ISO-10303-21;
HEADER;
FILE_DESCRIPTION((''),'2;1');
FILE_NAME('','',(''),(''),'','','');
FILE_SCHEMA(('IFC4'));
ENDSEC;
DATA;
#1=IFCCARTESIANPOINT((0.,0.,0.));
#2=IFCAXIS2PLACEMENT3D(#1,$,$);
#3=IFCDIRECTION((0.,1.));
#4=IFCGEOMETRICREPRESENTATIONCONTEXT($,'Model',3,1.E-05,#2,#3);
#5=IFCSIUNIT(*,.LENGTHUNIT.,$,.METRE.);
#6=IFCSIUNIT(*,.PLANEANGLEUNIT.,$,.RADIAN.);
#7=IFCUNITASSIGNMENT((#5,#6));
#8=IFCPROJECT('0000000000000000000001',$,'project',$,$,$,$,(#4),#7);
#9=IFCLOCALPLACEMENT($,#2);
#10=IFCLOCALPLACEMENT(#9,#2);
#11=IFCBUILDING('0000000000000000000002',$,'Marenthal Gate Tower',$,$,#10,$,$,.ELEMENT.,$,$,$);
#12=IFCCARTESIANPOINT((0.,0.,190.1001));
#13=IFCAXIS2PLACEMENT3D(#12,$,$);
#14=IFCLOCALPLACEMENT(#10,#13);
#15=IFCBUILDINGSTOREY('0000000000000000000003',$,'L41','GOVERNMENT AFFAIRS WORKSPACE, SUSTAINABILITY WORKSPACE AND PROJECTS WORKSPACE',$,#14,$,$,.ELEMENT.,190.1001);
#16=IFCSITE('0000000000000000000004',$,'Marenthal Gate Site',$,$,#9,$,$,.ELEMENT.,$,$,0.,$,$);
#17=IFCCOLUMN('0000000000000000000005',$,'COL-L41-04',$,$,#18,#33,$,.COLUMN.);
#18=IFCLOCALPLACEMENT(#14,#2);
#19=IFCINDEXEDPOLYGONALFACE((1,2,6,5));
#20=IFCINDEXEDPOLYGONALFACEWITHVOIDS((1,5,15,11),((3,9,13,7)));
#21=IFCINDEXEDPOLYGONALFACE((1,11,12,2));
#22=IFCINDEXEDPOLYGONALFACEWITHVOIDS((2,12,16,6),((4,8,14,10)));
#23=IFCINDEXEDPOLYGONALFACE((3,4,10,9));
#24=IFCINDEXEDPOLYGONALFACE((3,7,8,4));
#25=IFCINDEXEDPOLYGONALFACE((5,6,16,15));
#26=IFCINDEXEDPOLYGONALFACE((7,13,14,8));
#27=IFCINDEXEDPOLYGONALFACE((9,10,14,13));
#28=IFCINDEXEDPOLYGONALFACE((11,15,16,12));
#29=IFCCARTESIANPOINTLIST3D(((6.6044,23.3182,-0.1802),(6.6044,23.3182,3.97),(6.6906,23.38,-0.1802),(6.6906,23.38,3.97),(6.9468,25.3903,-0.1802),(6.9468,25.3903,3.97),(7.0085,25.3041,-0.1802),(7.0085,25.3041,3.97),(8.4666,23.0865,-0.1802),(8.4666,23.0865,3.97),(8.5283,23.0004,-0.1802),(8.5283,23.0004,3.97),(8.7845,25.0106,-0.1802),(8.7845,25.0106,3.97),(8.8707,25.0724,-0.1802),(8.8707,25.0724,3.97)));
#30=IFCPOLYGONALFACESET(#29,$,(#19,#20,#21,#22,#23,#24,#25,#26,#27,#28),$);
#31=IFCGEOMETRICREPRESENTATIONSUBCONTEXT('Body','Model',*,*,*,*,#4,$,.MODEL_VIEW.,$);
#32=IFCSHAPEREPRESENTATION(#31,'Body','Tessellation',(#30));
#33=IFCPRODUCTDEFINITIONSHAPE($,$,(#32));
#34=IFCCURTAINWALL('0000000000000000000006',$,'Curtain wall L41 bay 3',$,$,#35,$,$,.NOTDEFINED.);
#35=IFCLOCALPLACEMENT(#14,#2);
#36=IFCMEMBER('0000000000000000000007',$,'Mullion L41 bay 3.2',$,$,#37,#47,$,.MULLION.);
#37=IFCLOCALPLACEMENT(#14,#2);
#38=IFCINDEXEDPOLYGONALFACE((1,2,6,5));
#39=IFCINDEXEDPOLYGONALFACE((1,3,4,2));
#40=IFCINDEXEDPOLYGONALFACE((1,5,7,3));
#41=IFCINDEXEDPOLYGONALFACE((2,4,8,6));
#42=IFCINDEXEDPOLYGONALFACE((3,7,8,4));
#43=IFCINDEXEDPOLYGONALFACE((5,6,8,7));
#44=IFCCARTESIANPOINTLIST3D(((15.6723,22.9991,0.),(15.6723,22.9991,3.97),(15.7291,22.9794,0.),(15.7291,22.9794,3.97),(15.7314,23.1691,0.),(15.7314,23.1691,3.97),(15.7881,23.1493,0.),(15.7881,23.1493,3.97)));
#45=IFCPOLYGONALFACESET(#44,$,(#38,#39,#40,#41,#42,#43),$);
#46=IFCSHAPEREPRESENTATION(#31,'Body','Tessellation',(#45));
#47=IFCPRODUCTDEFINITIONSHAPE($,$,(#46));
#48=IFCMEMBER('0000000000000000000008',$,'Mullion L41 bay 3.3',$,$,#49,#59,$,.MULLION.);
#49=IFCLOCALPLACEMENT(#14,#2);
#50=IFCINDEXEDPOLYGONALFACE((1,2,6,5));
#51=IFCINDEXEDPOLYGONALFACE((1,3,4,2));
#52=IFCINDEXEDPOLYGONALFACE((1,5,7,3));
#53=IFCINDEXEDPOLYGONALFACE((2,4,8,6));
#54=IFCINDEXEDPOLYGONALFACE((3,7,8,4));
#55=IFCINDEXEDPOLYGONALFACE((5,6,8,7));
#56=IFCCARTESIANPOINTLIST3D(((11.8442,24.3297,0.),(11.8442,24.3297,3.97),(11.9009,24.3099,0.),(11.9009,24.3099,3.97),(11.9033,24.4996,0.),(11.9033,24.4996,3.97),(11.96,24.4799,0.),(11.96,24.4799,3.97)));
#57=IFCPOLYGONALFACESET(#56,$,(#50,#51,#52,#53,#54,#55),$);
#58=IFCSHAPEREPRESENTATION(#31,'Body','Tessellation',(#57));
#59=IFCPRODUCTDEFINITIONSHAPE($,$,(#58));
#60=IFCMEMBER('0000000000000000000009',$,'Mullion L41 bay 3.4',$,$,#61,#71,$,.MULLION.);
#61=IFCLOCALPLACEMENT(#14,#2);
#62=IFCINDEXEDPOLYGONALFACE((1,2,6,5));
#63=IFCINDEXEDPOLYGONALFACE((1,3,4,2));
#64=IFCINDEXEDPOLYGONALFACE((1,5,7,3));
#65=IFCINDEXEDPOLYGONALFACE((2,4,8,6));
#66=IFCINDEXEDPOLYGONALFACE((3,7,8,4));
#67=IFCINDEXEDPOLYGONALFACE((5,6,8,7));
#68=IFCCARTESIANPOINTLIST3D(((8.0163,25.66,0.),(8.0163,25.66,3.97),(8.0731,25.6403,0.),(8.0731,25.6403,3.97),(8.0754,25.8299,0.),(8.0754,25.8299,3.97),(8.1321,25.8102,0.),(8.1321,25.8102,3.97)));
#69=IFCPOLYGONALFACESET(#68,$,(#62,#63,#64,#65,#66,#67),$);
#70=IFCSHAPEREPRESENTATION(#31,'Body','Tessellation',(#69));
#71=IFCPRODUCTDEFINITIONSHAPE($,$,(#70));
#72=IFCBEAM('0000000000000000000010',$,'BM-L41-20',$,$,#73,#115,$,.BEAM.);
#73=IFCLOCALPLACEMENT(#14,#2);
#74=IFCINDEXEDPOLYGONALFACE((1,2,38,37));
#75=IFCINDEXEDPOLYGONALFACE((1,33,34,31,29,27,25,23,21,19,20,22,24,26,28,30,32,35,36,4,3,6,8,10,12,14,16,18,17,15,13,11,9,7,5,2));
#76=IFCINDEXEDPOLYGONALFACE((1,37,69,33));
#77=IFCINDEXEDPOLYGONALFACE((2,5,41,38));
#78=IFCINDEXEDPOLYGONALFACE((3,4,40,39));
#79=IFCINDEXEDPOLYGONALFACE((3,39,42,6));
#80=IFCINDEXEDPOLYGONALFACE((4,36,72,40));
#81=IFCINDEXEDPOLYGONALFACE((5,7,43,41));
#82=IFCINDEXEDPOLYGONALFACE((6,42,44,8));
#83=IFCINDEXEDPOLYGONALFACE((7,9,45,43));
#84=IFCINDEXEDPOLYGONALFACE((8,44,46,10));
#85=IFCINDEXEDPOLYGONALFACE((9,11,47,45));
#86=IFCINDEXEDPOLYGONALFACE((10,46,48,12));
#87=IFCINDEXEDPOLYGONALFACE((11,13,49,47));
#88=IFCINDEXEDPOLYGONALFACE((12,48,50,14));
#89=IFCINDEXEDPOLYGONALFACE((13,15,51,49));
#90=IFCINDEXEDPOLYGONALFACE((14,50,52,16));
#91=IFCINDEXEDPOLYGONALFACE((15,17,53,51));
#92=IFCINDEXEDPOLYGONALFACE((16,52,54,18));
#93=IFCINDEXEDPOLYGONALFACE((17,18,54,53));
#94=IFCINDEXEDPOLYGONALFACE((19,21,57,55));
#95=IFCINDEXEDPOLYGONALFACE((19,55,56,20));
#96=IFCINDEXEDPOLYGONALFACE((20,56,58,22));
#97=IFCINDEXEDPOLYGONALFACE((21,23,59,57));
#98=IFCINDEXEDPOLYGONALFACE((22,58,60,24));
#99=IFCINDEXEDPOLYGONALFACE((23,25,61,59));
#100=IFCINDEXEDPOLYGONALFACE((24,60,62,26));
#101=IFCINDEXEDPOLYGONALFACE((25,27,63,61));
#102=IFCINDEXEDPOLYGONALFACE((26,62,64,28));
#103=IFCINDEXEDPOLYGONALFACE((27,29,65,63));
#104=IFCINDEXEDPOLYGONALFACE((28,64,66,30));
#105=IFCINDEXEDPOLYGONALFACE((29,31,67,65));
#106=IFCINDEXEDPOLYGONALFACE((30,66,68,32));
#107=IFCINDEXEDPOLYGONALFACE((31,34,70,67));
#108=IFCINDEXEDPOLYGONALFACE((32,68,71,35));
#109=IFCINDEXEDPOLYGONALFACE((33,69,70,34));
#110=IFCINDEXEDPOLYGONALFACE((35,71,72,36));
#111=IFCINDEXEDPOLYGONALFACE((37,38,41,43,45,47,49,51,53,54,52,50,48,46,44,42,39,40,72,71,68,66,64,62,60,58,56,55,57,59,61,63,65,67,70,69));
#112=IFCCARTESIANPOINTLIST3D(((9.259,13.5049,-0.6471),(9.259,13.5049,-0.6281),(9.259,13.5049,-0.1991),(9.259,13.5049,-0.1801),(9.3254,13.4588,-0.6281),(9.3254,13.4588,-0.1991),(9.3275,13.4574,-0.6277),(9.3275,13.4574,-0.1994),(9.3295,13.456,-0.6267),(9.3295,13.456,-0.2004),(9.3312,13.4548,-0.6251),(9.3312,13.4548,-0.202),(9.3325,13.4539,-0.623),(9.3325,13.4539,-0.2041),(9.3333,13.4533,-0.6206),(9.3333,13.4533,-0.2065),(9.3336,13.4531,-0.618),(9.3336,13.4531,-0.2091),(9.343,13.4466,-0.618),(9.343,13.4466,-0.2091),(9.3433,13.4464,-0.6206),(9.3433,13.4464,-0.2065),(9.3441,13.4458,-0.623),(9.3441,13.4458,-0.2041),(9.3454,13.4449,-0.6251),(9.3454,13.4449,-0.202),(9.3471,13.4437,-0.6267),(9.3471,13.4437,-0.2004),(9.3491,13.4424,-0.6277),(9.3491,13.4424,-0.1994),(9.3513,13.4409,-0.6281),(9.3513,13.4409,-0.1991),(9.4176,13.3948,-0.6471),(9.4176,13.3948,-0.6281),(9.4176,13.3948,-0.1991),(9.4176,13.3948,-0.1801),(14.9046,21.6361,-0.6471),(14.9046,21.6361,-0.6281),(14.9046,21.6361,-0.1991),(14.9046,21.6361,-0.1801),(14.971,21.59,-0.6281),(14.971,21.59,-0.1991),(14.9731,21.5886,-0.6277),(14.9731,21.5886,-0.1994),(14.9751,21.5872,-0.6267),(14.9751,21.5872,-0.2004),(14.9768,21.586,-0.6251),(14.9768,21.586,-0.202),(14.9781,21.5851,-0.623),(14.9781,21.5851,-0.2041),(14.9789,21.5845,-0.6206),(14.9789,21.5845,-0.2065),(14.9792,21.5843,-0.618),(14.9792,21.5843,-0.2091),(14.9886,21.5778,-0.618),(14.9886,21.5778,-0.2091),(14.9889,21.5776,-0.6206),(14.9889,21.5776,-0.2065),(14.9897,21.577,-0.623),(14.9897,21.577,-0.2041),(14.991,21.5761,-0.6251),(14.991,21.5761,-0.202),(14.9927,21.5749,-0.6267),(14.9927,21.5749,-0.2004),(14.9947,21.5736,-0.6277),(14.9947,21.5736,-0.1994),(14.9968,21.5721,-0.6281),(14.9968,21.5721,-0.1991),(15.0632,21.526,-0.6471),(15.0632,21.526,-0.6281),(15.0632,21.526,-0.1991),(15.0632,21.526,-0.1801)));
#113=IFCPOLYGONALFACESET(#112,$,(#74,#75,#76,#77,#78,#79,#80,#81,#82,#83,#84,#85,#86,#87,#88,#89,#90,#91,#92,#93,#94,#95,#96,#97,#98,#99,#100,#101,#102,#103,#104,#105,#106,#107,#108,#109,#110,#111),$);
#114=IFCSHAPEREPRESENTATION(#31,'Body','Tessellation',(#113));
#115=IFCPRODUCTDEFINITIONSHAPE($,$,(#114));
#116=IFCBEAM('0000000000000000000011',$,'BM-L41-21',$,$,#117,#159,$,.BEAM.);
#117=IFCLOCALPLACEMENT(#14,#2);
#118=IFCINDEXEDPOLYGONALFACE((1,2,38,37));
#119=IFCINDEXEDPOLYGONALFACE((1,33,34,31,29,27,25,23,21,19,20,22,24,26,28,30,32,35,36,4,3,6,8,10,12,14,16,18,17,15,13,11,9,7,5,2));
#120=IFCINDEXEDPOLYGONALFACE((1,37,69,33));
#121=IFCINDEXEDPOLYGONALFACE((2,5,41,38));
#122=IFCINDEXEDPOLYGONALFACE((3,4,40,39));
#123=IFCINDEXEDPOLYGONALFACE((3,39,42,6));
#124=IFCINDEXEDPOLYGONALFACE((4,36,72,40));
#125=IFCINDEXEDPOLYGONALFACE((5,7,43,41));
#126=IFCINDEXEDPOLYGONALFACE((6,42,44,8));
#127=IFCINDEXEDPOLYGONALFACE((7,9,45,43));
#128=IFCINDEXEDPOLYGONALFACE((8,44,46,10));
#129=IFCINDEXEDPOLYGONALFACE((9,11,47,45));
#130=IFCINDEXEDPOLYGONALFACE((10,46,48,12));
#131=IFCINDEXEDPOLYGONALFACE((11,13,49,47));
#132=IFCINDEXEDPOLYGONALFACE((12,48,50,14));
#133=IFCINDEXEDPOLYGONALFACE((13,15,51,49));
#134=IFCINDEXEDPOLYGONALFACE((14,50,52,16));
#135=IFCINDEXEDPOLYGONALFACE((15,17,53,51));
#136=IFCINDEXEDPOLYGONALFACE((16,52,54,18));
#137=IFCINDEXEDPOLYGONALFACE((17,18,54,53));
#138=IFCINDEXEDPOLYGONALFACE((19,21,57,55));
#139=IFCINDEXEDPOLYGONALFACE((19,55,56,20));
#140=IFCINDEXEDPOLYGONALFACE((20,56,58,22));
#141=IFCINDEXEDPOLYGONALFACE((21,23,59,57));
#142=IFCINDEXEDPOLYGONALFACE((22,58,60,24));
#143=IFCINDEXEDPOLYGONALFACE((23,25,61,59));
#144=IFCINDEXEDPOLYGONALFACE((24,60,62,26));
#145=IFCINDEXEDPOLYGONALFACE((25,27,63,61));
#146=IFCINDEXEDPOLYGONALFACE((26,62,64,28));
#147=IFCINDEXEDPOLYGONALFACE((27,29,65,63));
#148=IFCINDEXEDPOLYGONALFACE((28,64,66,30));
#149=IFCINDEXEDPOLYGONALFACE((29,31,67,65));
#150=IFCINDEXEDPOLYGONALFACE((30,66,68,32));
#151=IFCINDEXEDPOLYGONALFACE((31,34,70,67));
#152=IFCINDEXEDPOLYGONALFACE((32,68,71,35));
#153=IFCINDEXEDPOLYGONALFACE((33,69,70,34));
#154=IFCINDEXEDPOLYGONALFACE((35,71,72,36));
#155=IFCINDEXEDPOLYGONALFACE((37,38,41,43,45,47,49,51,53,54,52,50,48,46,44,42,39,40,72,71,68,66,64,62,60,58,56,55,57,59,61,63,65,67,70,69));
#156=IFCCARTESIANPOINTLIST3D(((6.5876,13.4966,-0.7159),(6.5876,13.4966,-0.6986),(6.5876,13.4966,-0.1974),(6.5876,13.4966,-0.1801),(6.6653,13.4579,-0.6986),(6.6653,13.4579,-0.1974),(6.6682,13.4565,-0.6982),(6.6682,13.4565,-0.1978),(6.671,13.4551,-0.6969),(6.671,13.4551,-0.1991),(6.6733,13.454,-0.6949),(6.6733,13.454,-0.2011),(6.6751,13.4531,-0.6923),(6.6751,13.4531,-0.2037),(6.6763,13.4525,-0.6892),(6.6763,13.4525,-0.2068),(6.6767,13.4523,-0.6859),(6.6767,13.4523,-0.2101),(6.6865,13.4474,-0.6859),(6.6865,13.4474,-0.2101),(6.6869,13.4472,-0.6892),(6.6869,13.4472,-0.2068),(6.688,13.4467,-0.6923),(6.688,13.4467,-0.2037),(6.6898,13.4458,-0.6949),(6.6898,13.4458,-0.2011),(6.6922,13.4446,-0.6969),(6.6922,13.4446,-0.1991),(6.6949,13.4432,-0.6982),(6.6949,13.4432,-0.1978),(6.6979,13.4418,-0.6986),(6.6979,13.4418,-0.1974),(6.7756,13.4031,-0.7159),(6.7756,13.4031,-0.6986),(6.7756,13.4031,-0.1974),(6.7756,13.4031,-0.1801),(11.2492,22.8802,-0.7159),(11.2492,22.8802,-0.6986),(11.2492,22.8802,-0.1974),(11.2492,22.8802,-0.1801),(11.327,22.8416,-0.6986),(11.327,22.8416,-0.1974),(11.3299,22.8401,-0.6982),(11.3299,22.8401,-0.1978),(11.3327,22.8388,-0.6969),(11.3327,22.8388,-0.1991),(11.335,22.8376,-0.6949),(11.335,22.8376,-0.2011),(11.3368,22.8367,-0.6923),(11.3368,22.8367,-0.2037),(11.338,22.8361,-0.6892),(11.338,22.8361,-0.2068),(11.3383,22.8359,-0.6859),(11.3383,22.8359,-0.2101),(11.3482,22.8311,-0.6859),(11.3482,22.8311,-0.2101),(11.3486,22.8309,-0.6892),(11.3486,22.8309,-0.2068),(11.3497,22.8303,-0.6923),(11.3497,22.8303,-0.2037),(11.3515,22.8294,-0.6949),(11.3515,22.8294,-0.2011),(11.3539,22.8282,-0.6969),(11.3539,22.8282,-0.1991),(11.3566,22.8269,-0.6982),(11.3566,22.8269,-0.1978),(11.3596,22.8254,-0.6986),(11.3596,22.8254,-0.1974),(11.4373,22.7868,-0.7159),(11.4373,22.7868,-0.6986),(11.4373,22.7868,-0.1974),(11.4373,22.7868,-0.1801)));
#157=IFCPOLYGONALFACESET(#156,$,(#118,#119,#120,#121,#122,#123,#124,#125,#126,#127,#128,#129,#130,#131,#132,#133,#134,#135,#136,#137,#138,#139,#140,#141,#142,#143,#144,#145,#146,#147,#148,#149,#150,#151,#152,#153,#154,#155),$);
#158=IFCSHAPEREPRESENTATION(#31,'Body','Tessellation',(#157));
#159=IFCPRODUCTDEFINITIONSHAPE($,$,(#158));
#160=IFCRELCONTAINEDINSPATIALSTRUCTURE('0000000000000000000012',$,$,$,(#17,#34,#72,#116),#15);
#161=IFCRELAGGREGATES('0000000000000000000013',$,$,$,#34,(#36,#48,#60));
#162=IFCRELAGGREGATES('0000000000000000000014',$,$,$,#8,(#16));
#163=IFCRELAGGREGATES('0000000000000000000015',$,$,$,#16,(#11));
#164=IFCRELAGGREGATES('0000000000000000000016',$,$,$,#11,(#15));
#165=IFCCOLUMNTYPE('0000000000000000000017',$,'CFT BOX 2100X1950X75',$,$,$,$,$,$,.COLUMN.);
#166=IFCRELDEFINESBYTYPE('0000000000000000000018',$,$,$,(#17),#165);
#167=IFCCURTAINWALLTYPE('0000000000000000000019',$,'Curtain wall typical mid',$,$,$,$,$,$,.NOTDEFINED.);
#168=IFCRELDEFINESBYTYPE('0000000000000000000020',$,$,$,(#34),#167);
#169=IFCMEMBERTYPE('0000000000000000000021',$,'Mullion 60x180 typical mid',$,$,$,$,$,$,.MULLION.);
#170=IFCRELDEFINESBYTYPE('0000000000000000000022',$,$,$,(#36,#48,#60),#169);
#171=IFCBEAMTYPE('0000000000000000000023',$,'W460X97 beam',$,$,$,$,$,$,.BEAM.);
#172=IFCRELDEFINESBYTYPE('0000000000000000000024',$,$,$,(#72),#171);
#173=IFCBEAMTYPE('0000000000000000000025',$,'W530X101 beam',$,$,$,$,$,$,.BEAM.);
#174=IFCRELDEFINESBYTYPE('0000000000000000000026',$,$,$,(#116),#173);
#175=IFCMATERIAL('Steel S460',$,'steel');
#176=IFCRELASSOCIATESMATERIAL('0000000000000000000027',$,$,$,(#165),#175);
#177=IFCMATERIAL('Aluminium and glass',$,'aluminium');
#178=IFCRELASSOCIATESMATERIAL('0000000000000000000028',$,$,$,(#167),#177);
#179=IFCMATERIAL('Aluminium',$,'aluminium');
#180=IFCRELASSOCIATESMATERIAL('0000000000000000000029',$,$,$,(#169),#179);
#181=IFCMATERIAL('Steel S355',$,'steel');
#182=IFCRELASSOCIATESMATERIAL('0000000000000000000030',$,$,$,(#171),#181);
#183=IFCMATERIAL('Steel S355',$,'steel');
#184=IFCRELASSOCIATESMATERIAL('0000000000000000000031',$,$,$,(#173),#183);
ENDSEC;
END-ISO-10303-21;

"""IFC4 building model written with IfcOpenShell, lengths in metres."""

from ifc_helpers import new_model, si_unit, direction, frame, origin, origin_2d, place, context, subcontext, project, spatial, rectangle, hollow_rectangle, i_section, extrude, material, material_profile, profile_set, type_object, element, aggregate, save


model = new_model("IFC4")

# Units and contexts
model_context = context("Model", 3, precision=1e-05, world=origin(), true_north=direction((0.0, 1.0)))
body_context = subcontext(model_context, "Body", "Model", "MODEL_VIEW")
ifc_project = project(units=[si_unit("LENGTHUNIT", "METRE"), si_unit("PLANEANGLEUNIT", "RADIAN")], contexts=[model_context])

# Site, building, storey
site_placement = place(None, origin())
site = spatial("IfcSite", under=ifc_project, at=site_placement, Name="Marenthal Gate Site", CompositionType="ELEMENT", RefElevation=0.0)
building_placement = place(site_placement, origin())
building = spatial("IfcBuilding", under=site, at=building_placement, Name="Marenthal Gate Tower", CompositionType="ELEMENT")
storey_placement = place(building_placement, frame((0.0, 0.0, 190.1001)))
storey = spatial("IfcBuildingStorey", under=building, at=storey_placement, Name="L41", Description="GOVERNMENT AFFAIRS WORKSPACE, SUSTAINABILITY WORKSPACE AND PROJECTS WORKSPACE", CompositionType="ELEMENT", Elevation=190.1001)

# Column
ifc_material_1 = material(Name="Steel S460", Category="steel")
ifc_material_profile_1 = material_profile(ifc_material_1, hollow_rectangle(XDim=1.95, YDim=2.1001, WallThickness=0.075, at=origin_2d()), Name="CFT BOX 2100X1950X75")
ifc_material_2 = material(Name="Concrete 70 MPa", Category="concrete")
ifc_material_profile_2 = material_profile(ifc_material_2, rectangle(XDim=1.8, YDim=1.95, at=origin_2d()), Name="CFT BOX 2100X1950X75 INFILL")
ifc_profile_set_1 = profile_set([ifc_material_profile_1, ifc_material_profile_2], Name="Steel S460 shell, Concrete 70 MPa infill")
column_type = type_object("IfcColumnType", Name="CFT BOX 2100X1950X75", PredefinedType="COLUMN", material=ifc_profile_set_1)
column_placement = place(storey_placement, frame((7.7375, 24.1953, -0.1802), z_axis=(0.0, 0.0, 1.0), x_axis=(0.986623, -0.163018, 0.0)))
element("IfcColumn", 1, at=column_placement, inside=storey, type_object=column_type, Name="COL-L41-04", PredefinedType="COLUMN", context=body_context, shape_type="SweptSolid", body=[
    extrude(hollow_rectangle(XDim=1.95, YDim=2.1001, WallThickness=0.075, at=origin_2d()), origin(), (0.0, 0.0, 1.0), 4.1501),
])

# Curtain wall, members
ifc_material_3 = material(Name="Aluminium and glass", Category="aluminium")
curtain_wall_type = type_object("IfcCurtainWallType", Name="Curtain wall typical mid", PredefinedType="NOTDEFINED", material=ifc_material_3)
curtain_wall_placement = place(storey_placement, origin())
curtain_wall = element("IfcCurtainWall", 2, at=curtain_wall_placement, inside=storey, type_object=curtain_wall_type, Name="Curtain wall L41 bay 3", PredefinedType="NOTDEFINED")
ifc_material_4 = material(Name="Aluminium", Category="aluminium")
ifc_material_profile_3 = material_profile(ifc_material_4, rectangle(XDim=0.1799, YDim=0.0601, at=origin_2d()), Name="60x180 aluminium mullion")
ifc_profile_set_2 = profile_set([ifc_material_profile_3], Name="Aluminium")
member_type = type_object("IfcMemberType", Name="Mullion 60x180 typical mid", PredefinedType="MULLION", material=ifc_profile_set_2)
member_1_placement = place(storey_placement, frame((15.7302, 23.0742, 0.0), z_axis=(0.0, 0.0, 1.0), x_axis=(-0.328273, -0.944583, 0.0)))
member_1 = element("IfcMember", 3, at=member_1_placement, type_object=member_type, Name="Mullion L41 bay 3.2", PredefinedType="MULLION", context=body_context, shape_type="SweptSolid", body=[
    extrude(rectangle(XDim=0.1799, YDim=0.0601, at=origin_2d()), origin(), (0.0, 0.0, 1.0), 3.97),
])
member_2_placement = place(storey_placement, frame((11.9021, 24.4048, 0.0), z_axis=(0.0, 0.0, 1.0), x_axis=(-0.328273, -0.944583, 0.0)))
member_2 = element("IfcMember", 4, at=member_2_placement, type_object=member_type, Name="Mullion L41 bay 3.3", PredefinedType="MULLION", context=body_context, shape_type="SweptSolid", body=[
    extrude(rectangle(XDim=0.1799, YDim=0.0601, at=origin_2d()), origin(), (0.0, 0.0, 1.0), 3.97),
])
member_3_placement = place(storey_placement, frame((8.0742, 25.7351, 0.0), z_axis=(0.0, 0.0, 1.0), x_axis=(-0.328273, -0.944583, 0.0)))
member_3 = element("IfcMember", 5, at=member_3_placement, type_object=member_type, Name="Mullion L41 bay 3.4", PredefinedType="MULLION", context=body_context, shape_type="SweptSolid", body=[
    extrude(rectangle(XDim=0.1799, YDim=0.0601, at=origin_2d()), origin(), (0.0, 0.0, 1.0), 3.97),
])

# Beams
ifc_material_5 = material(Name="Steel S355", Category="steel")
ifc_material_profile_4 = material_profile(ifc_material_5, i_section(OverallWidth=0.1931, OverallDepth=0.467, WebThickness=0.0115, FlangeThickness=0.019, FilletRadius=0.01, at=origin_2d()), Name="W460X97")
ifc_profile_set_3 = profile_set([ifc_material_profile_4], Name="Steel S355")
beam_type_1 = type_object("IfcBeamType", Name="W460X97 beam", PredefinedType="BEAM", material=ifc_profile_set_3)
beam_1_placement = place(storey_placement, frame((14.9839, 21.5811, -0.4136), z_axis=(-0.570321, -0.821422, 0.0), x_axis=(0.821422, -0.570321, 0.0)))
element("IfcBeam", 6, at=beam_1_placement, inside=storey, type_object=beam_type_1, Name="BM-L41-20", PredefinedType="BEAM", context=body_context, shape_type="SweptSolid", body=[
    extrude(i_section(OverallWidth=0.1931, OverallDepth=0.467, WebThickness=0.0115, FlangeThickness=0.019, FilletRadius=0.01, at=origin_2d()), origin(), (0.0, 0.0, 1.0), 9.8989),
])
ifc_material_6 = material(Name="Steel S355", Category="steel")
ifc_material_profile_5 = material_profile(ifc_material_6, i_section(OverallWidth=0.21, OverallDepth=0.5359, WebThickness=0.011, FlangeThickness=0.0173, FilletRadius=0.0127, at=origin_2d()), Name="W530X101")
ifc_profile_set_4 = profile_set([ifc_material_profile_5], Name="Steel S355")
beam_type_2 = type_object("IfcBeamType", Name="W530X101 beam", PredefinedType="BEAM", material=ifc_profile_set_4)
beam_2_placement = place(storey_placement, frame((11.3433, 22.8335, -0.448), z_axis=(-0.44491, -0.895575, 0.0), x_axis=(0.895575, -0.44491, 0.0)))
element("IfcBeam", 7, at=beam_2_placement, inside=storey, type_object=beam_type_2, Name="BM-L41-21", PredefinedType="BEAM", context=body_context, shape_type="SweptSolid", body=[
    extrude(i_section(OverallWidth=0.21, OverallDepth=0.5359, WebThickness=0.011, FlangeThickness=0.0173, FilletRadius=0.0127, at=origin_2d()), origin(), (0.0, 0.0, 1.0), 10.4778),
])

aggregate(curtain_wall, [member_1, member_2, member_3])

save(model, "model.ifc")
